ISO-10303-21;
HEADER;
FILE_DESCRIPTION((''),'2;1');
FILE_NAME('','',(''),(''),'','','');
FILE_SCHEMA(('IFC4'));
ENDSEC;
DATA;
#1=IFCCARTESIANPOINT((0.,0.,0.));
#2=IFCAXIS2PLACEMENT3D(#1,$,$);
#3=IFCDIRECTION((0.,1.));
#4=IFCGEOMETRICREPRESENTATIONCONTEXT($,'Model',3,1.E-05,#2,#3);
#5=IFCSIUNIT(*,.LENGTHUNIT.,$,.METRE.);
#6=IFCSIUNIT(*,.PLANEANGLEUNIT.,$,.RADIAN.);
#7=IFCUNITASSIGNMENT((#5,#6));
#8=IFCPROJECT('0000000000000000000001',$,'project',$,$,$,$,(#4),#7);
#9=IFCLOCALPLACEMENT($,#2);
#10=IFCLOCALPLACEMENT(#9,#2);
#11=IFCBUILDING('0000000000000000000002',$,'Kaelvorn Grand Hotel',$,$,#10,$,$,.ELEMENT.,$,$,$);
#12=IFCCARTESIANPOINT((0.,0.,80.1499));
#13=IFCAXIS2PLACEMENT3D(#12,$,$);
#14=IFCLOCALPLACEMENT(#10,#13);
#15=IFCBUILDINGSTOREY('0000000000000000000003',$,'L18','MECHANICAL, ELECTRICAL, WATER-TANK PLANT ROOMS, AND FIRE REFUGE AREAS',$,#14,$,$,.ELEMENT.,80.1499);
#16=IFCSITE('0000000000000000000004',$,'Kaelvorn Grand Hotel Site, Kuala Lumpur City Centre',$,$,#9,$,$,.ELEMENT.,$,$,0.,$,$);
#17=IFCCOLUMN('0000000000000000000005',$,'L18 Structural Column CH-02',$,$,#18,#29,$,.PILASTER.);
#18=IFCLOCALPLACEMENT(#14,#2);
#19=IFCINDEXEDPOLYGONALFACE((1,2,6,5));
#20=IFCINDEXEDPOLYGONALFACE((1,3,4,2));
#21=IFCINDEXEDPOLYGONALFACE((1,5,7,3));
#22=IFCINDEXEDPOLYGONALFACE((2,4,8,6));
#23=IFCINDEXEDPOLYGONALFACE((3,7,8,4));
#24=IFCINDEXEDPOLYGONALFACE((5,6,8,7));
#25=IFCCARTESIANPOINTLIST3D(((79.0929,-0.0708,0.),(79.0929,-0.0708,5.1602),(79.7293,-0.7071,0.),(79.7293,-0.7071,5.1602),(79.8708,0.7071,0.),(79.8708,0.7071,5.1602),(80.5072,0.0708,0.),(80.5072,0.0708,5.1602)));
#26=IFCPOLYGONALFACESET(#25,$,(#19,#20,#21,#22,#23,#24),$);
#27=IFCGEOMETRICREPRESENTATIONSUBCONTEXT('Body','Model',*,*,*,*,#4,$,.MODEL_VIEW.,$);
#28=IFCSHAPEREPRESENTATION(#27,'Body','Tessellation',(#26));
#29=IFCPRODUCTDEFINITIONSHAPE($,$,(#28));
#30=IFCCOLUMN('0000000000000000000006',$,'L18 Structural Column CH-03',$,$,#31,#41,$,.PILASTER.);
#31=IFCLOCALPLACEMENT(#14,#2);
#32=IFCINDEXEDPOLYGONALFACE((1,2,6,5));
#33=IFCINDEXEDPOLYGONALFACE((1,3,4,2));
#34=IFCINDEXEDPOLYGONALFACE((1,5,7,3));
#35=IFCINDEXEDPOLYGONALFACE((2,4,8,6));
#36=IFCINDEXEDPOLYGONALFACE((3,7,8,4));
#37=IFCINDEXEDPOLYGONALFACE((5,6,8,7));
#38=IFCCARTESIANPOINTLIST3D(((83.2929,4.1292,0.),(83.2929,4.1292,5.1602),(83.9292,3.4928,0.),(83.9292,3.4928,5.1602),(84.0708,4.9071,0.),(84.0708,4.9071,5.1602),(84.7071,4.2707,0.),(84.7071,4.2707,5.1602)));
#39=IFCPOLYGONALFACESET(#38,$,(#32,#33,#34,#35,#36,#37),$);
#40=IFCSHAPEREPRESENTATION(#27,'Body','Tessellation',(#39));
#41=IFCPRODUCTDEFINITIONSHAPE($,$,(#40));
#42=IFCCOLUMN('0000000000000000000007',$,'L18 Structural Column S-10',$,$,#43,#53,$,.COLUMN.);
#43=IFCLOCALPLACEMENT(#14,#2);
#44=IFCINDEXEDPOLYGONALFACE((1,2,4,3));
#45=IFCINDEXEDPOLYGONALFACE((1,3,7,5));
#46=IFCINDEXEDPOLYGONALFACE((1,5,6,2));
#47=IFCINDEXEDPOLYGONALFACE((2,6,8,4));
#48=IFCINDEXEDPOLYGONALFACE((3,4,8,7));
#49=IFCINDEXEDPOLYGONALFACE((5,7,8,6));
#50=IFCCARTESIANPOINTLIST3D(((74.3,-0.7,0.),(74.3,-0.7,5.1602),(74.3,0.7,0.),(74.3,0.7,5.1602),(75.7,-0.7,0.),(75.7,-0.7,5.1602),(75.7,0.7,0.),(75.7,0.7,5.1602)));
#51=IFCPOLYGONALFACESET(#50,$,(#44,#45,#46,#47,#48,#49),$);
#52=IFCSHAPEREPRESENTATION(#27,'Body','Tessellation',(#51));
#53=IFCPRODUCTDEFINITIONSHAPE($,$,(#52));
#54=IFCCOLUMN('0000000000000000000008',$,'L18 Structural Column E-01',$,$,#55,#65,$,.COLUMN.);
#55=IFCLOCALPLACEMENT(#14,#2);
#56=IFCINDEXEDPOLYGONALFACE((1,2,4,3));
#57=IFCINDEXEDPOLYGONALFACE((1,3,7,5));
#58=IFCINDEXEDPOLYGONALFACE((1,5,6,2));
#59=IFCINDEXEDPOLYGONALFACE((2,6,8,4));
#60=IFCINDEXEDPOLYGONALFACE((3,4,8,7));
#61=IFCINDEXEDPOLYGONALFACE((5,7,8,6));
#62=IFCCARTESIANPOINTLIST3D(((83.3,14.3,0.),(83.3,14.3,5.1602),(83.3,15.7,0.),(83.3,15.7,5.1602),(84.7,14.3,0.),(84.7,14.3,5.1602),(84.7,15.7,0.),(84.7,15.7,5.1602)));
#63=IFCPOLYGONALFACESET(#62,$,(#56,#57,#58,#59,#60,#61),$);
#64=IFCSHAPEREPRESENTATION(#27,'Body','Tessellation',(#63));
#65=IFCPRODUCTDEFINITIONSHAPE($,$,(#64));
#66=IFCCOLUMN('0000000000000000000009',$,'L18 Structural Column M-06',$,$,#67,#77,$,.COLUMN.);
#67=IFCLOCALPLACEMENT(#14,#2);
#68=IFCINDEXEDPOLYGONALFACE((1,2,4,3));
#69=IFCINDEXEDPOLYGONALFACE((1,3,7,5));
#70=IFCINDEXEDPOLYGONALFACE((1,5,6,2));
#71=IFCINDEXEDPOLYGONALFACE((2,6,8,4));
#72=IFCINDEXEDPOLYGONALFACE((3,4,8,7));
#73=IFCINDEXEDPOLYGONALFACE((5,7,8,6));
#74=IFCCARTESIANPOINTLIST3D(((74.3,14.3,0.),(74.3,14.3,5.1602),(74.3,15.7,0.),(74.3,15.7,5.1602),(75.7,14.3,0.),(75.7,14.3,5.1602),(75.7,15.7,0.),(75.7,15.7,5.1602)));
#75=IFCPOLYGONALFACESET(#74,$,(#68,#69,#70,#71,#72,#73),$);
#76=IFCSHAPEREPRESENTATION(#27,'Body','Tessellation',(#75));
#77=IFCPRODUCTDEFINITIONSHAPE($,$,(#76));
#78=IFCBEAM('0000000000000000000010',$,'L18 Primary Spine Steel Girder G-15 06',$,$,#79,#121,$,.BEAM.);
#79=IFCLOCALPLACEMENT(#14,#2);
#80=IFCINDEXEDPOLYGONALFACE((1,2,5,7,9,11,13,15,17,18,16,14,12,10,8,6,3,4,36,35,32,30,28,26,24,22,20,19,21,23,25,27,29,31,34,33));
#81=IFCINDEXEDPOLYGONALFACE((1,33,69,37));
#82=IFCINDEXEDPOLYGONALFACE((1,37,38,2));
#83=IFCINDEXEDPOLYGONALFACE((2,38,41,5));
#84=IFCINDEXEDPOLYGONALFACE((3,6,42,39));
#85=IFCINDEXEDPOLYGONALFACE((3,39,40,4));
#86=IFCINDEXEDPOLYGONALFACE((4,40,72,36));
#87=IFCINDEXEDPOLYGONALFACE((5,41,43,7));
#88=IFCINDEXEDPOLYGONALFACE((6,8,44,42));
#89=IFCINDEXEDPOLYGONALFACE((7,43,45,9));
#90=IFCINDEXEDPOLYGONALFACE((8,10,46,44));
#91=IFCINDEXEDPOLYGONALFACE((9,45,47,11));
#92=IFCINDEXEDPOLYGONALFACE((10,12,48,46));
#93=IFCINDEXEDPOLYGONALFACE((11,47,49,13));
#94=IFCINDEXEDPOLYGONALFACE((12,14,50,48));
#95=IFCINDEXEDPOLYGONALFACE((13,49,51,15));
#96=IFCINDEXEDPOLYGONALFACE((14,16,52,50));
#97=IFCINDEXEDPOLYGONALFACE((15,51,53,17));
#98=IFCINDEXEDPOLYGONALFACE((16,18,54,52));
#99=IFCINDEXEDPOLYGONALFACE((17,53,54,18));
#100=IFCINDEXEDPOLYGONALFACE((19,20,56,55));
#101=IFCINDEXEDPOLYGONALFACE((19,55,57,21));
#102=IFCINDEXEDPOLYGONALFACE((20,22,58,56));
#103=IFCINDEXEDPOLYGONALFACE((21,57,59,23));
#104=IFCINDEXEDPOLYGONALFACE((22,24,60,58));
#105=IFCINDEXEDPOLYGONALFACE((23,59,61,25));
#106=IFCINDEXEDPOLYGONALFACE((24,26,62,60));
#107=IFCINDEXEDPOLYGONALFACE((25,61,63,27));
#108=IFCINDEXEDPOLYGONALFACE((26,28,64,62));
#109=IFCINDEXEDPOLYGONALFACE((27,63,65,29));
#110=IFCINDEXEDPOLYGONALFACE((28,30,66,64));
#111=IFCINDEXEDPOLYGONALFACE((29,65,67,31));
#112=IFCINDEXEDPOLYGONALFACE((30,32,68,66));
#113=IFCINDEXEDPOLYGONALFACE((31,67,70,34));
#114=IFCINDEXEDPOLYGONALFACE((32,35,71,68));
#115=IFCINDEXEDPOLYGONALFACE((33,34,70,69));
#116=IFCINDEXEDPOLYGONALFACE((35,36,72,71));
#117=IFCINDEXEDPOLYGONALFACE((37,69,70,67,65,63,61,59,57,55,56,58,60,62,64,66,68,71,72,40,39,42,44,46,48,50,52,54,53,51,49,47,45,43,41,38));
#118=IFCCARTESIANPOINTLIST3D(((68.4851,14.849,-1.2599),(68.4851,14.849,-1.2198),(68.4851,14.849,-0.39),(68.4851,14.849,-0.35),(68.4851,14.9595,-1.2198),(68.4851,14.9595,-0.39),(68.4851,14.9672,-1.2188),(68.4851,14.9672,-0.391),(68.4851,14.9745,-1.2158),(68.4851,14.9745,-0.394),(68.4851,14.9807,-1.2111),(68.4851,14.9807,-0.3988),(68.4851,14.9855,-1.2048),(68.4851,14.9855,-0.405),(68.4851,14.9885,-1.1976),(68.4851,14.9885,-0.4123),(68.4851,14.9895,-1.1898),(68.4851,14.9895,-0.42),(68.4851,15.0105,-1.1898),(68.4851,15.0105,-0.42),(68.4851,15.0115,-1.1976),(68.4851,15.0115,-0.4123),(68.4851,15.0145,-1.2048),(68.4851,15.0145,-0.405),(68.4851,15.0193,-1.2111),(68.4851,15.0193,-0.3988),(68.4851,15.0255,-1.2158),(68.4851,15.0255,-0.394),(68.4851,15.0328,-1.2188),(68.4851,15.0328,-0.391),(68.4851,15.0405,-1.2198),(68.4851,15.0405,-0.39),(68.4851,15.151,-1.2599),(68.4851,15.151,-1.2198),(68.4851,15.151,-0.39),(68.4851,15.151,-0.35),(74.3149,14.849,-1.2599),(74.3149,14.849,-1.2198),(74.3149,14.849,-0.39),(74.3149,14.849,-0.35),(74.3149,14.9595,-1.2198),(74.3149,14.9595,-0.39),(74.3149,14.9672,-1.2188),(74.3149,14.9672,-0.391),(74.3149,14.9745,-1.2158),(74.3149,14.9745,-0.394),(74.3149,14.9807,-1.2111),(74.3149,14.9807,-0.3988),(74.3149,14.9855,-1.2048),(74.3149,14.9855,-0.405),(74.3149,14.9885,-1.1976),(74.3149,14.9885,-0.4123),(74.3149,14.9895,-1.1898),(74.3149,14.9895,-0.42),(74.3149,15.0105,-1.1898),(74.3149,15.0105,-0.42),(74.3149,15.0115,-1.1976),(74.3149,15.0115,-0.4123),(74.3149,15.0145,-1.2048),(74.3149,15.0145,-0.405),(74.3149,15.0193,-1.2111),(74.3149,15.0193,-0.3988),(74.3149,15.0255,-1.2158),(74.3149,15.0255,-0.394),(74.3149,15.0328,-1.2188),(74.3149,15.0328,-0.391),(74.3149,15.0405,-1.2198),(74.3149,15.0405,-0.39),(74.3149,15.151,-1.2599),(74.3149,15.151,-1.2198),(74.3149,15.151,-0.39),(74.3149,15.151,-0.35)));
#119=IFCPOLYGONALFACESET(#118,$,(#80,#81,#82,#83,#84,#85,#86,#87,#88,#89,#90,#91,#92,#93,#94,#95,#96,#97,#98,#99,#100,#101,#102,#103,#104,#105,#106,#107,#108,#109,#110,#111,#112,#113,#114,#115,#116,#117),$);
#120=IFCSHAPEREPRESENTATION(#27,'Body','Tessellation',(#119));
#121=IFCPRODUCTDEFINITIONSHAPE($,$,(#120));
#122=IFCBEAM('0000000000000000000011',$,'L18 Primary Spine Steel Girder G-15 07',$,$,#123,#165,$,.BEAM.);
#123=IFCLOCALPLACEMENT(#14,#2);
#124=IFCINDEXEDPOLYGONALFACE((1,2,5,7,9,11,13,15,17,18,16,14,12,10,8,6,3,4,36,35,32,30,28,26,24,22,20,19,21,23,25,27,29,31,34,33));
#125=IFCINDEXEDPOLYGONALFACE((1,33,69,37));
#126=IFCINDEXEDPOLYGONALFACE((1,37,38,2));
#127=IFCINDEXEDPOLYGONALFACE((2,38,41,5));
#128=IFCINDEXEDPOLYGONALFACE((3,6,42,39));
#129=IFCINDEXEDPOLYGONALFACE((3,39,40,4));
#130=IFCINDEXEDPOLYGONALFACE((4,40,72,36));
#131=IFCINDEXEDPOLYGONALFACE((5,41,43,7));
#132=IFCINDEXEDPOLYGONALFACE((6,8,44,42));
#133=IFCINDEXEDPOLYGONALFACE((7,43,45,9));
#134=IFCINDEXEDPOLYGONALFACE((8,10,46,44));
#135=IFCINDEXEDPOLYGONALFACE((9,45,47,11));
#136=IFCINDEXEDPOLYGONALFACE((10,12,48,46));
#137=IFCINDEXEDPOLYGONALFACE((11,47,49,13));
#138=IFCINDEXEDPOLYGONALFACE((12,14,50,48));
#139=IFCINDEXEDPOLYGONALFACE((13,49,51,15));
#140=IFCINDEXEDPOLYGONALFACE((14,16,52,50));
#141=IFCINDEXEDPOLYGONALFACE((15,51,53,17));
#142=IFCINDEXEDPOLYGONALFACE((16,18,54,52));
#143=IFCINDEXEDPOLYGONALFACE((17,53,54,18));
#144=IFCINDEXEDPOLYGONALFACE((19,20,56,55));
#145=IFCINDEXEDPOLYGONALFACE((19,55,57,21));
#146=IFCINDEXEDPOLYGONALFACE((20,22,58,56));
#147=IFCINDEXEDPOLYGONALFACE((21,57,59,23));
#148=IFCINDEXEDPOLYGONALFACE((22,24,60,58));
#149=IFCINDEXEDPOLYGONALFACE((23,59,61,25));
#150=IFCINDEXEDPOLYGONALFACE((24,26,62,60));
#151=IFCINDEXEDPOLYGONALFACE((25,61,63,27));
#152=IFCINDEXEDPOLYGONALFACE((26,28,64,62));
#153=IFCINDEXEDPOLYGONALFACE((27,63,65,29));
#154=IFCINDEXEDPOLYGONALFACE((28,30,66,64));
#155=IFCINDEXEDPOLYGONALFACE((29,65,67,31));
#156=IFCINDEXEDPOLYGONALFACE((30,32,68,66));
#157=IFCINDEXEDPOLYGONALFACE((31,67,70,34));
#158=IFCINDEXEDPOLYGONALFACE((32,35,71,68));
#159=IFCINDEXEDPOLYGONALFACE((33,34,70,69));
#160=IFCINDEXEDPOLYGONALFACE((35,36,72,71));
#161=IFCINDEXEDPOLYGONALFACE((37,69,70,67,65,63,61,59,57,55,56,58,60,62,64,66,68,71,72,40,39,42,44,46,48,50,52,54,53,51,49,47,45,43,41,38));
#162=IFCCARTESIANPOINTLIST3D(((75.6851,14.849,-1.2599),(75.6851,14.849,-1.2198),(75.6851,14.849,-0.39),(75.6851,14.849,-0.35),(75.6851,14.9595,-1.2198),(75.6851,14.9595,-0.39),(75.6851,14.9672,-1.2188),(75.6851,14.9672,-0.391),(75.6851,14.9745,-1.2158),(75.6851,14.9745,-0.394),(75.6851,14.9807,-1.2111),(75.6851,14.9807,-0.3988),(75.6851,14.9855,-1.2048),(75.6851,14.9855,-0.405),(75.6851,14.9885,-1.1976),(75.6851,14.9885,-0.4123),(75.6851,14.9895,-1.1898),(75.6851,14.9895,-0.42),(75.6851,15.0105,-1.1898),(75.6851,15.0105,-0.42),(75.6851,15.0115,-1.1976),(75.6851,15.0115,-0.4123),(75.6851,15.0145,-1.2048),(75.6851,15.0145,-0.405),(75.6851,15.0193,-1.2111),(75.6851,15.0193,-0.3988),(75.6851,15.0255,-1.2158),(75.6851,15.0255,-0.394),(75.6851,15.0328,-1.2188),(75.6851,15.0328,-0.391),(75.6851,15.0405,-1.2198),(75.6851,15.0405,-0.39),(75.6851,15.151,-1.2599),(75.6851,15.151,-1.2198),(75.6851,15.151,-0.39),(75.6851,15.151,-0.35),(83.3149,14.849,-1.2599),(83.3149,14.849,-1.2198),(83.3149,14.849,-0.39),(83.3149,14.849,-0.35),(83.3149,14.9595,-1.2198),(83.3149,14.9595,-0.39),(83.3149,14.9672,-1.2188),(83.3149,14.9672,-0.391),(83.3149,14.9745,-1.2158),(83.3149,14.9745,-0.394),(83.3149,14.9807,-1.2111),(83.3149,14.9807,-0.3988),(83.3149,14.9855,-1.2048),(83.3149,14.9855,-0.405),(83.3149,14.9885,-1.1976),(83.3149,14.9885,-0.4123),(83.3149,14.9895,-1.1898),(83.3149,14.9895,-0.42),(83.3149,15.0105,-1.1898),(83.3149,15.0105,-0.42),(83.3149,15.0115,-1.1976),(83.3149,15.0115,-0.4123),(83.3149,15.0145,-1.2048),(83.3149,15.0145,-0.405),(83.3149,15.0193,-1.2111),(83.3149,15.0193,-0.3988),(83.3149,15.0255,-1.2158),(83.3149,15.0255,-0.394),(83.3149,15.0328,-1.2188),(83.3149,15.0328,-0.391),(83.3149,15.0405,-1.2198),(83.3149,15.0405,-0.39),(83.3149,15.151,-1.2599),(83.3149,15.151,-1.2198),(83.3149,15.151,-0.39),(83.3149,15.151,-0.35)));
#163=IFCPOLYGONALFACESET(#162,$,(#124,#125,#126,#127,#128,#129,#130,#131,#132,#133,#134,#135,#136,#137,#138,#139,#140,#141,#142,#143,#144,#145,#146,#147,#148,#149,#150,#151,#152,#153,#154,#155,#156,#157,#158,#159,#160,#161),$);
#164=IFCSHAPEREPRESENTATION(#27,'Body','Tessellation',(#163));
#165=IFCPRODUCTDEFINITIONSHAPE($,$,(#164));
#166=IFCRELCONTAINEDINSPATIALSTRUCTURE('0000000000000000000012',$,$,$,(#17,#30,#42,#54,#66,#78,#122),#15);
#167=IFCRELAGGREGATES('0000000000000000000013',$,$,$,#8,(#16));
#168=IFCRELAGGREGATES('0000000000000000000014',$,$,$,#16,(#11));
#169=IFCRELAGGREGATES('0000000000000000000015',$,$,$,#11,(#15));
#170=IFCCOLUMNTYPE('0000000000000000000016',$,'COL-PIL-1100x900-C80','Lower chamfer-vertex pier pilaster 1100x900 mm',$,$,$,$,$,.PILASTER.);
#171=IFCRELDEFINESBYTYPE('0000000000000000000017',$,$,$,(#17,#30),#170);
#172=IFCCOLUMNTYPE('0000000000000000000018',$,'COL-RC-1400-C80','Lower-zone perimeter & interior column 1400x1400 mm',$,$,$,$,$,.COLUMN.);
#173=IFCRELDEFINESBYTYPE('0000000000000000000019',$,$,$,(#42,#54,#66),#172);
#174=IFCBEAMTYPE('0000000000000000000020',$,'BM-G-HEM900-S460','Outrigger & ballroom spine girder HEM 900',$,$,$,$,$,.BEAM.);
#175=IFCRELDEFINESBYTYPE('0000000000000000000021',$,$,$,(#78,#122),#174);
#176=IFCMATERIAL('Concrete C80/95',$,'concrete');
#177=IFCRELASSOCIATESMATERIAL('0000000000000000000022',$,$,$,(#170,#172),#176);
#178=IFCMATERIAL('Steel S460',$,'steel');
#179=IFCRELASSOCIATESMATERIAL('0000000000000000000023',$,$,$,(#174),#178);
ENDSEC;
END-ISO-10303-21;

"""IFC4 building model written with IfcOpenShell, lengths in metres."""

from ifc_helpers import new_model, si_unit, direction, frame, origin, origin_2d, place, context, subcontext, project, spatial, rectangle, i_section, extrude, material, material_profile, profile_set, type_object, element, save


model = new_model("IFC4")

# Units and contexts
model_context = context("Model", 3, precision=1e-05, world=origin(), true_north=direction((0.0, 1.0)))
body_context = subcontext(model_context, "Body", "Model", "MODEL_VIEW")
ifc_project = project(units=[si_unit("LENGTHUNIT", "METRE"), si_unit("PLANEANGLEUNIT", "RADIAN")], contexts=[model_context])

# Site, building, storey
site_placement = place(None, origin())
site = spatial("IfcSite", under=ifc_project, at=site_placement, Name="Kaelvorn Grand Hotel Site, Kuala Lumpur City Centre", CompositionType="ELEMENT", RefElevation=0.0)
building_placement = place(site_placement, origin())
building = spatial("IfcBuilding", under=site, at=building_placement, Name="Kaelvorn Grand Hotel", CompositionType="ELEMENT")
storey_placement = place(building_placement, frame((0.0, 0.0, 80.1499)))
storey = spatial("IfcBuildingStorey", under=building, at=storey_placement, Name="L18", Description="MECHANICAL, ELECTRICAL, WATER-TANK PLANT ROOMS, AND FIRE REFUGE AREAS", CompositionType="ELEMENT", Elevation=80.1499)

# Columns
ifc_material_1 = material(Name="Concrete C80/95", Category="concrete")
ifc_material_profile_1 = material_profile(ifc_material_1, rectangle(XDim=1.1001, YDim=0.8999, at=origin_2d()), Name="RC PILASTER 1100x900")
ifc_profile_set_1 = profile_set([ifc_material_profile_1], Name="Concrete C80/95")
column_type_1 = type_object("IfcColumnType", Name="COL-PIL-1100x900-C80", Description="Lower chamfer-vertex pier pilaster 1100x900 mm", PredefinedType="PILASTER", material=ifc_profile_set_1)
for number, where, z_axis, x_axis, name in (
    (1, (79.8, 0.0, 0.0), (0.0, 0.0, 1.0), (0.707107, 0.707107, 0.0), "L18 Structural Column CH-02"),
    (2, (84.0, 4.2, 0.0), (0.0, 0.0, 1.0), (0.707107, 0.707107, 0.0), "L18 Structural Column CH-03"),
):
    element("IfcColumn", number, at=place(storey_placement, frame(where, z_axis=z_axis, x_axis=x_axis)), inside=storey, type_object=column_type_1, Name=name, PredefinedType="PILASTER", context=body_context, shape_type="SweptSolid", body=[
        extrude(rectangle(XDim=1.1001, YDim=0.8999, at=origin_2d()), origin(), (0.0, 0.0, 1.0), 5.1602),
    ])
ifc_material_profile_2 = material_profile(ifc_material_1, rectangle(XDim=1.3999, YDim=1.3999, at=origin_2d()), Name="RC COL 1400x1400")
ifc_profile_set_2 = profile_set([ifc_material_profile_2], Name="Concrete C80/95")
column_type_2 = type_object("IfcColumnType", Name="COL-RC-1400-C80", Description="Lower-zone perimeter & interior column 1400x1400 mm", PredefinedType="COLUMN", material=ifc_profile_set_2)
for number, where, z_axis, x_axis, name in (
    (3, (75.0, 0.0, 0.0), (0.0, 0.0, 1.0), (1.0, 0.0, 0.0), "L18 Structural Column S-10"),
    (4, (84.0, 15.0, 0.0), (0.0, 0.0, 1.0), (1.0, 0.0, 0.0), "L18 Structural Column E-01"),
    (5, (75.0, 15.0, 0.0), (0.0, 0.0, 1.0), (1.0, 0.0, 0.0), "L18 Structural Column M-06"),
):
    element("IfcColumn", number, at=place(storey_placement, frame(where, z_axis=z_axis, x_axis=x_axis)), inside=storey, type_object=column_type_2, Name=name, PredefinedType="COLUMN", context=body_context, shape_type="SweptSolid", body=[
        extrude(rectangle(XDim=1.3999, YDim=1.3999, at=origin_2d()), origin(), (0.0, 0.0, 1.0), 5.1602),
    ])

# Beams
ifc_material_2 = material(Name="Steel S460", Category="steel")
ifc_material_profile_3 = material_profile(ifc_material_2, i_section(OverallWidth=0.302, OverallDepth=0.9099, WebThickness=0.021, FlangeThickness=0.04, FilletRadius=0.03, at=origin_2d()), Name="HEM 900")
ifc_profile_set_3 = profile_set([ifc_material_profile_3], Name="Steel S460")
beam_type_1 = type_object("IfcBeamType", Name="BM-G-HEM900-S460", Description="Outrigger & ballroom spine girder HEM 900", PredefinedType="BEAM", material=ifc_profile_set_3)
beam_1_placement = place(storey_placement, frame((68.4851, 15.0, -0.8049), z_axis=(1.0, 0.0, 0.0), x_axis=(0.0, 1.0, 0.0)))
element("IfcBeam", 6, at=beam_1_placement, inside=storey, type_object=beam_type_1, Name="L18 Primary Spine Steel Girder G-15 06", PredefinedType="BEAM", context=body_context, shape_type="SweptSolid", body=[
    extrude(i_section(OverallWidth=0.302, OverallDepth=0.9099, WebThickness=0.021, FlangeThickness=0.04, FilletRadius=0.03, at=origin_2d()), origin(), (0.0, 0.0, 1.0), 5.8298),
])
beam_2_placement = place(storey_placement, frame((75.6851, 15.0, -0.8049), z_axis=(1.0, 0.0, 0.0), x_axis=(0.0, 1.0, 0.0)))
element("IfcBeam", 7, at=beam_2_placement, inside=storey, type_object=beam_type_1, Name="L18 Primary Spine Steel Girder G-15 07", PredefinedType="BEAM", context=body_context, shape_type="SweptSolid", body=[
    extrude(i_section(OverallWidth=0.302, OverallDepth=0.9099, WebThickness=0.021, FlangeThickness=0.04, FilletRadius=0.03, at=origin_2d()), origin(), (0.0, 0.0, 1.0), 7.6299),
])

save(model, "model.ifc")
